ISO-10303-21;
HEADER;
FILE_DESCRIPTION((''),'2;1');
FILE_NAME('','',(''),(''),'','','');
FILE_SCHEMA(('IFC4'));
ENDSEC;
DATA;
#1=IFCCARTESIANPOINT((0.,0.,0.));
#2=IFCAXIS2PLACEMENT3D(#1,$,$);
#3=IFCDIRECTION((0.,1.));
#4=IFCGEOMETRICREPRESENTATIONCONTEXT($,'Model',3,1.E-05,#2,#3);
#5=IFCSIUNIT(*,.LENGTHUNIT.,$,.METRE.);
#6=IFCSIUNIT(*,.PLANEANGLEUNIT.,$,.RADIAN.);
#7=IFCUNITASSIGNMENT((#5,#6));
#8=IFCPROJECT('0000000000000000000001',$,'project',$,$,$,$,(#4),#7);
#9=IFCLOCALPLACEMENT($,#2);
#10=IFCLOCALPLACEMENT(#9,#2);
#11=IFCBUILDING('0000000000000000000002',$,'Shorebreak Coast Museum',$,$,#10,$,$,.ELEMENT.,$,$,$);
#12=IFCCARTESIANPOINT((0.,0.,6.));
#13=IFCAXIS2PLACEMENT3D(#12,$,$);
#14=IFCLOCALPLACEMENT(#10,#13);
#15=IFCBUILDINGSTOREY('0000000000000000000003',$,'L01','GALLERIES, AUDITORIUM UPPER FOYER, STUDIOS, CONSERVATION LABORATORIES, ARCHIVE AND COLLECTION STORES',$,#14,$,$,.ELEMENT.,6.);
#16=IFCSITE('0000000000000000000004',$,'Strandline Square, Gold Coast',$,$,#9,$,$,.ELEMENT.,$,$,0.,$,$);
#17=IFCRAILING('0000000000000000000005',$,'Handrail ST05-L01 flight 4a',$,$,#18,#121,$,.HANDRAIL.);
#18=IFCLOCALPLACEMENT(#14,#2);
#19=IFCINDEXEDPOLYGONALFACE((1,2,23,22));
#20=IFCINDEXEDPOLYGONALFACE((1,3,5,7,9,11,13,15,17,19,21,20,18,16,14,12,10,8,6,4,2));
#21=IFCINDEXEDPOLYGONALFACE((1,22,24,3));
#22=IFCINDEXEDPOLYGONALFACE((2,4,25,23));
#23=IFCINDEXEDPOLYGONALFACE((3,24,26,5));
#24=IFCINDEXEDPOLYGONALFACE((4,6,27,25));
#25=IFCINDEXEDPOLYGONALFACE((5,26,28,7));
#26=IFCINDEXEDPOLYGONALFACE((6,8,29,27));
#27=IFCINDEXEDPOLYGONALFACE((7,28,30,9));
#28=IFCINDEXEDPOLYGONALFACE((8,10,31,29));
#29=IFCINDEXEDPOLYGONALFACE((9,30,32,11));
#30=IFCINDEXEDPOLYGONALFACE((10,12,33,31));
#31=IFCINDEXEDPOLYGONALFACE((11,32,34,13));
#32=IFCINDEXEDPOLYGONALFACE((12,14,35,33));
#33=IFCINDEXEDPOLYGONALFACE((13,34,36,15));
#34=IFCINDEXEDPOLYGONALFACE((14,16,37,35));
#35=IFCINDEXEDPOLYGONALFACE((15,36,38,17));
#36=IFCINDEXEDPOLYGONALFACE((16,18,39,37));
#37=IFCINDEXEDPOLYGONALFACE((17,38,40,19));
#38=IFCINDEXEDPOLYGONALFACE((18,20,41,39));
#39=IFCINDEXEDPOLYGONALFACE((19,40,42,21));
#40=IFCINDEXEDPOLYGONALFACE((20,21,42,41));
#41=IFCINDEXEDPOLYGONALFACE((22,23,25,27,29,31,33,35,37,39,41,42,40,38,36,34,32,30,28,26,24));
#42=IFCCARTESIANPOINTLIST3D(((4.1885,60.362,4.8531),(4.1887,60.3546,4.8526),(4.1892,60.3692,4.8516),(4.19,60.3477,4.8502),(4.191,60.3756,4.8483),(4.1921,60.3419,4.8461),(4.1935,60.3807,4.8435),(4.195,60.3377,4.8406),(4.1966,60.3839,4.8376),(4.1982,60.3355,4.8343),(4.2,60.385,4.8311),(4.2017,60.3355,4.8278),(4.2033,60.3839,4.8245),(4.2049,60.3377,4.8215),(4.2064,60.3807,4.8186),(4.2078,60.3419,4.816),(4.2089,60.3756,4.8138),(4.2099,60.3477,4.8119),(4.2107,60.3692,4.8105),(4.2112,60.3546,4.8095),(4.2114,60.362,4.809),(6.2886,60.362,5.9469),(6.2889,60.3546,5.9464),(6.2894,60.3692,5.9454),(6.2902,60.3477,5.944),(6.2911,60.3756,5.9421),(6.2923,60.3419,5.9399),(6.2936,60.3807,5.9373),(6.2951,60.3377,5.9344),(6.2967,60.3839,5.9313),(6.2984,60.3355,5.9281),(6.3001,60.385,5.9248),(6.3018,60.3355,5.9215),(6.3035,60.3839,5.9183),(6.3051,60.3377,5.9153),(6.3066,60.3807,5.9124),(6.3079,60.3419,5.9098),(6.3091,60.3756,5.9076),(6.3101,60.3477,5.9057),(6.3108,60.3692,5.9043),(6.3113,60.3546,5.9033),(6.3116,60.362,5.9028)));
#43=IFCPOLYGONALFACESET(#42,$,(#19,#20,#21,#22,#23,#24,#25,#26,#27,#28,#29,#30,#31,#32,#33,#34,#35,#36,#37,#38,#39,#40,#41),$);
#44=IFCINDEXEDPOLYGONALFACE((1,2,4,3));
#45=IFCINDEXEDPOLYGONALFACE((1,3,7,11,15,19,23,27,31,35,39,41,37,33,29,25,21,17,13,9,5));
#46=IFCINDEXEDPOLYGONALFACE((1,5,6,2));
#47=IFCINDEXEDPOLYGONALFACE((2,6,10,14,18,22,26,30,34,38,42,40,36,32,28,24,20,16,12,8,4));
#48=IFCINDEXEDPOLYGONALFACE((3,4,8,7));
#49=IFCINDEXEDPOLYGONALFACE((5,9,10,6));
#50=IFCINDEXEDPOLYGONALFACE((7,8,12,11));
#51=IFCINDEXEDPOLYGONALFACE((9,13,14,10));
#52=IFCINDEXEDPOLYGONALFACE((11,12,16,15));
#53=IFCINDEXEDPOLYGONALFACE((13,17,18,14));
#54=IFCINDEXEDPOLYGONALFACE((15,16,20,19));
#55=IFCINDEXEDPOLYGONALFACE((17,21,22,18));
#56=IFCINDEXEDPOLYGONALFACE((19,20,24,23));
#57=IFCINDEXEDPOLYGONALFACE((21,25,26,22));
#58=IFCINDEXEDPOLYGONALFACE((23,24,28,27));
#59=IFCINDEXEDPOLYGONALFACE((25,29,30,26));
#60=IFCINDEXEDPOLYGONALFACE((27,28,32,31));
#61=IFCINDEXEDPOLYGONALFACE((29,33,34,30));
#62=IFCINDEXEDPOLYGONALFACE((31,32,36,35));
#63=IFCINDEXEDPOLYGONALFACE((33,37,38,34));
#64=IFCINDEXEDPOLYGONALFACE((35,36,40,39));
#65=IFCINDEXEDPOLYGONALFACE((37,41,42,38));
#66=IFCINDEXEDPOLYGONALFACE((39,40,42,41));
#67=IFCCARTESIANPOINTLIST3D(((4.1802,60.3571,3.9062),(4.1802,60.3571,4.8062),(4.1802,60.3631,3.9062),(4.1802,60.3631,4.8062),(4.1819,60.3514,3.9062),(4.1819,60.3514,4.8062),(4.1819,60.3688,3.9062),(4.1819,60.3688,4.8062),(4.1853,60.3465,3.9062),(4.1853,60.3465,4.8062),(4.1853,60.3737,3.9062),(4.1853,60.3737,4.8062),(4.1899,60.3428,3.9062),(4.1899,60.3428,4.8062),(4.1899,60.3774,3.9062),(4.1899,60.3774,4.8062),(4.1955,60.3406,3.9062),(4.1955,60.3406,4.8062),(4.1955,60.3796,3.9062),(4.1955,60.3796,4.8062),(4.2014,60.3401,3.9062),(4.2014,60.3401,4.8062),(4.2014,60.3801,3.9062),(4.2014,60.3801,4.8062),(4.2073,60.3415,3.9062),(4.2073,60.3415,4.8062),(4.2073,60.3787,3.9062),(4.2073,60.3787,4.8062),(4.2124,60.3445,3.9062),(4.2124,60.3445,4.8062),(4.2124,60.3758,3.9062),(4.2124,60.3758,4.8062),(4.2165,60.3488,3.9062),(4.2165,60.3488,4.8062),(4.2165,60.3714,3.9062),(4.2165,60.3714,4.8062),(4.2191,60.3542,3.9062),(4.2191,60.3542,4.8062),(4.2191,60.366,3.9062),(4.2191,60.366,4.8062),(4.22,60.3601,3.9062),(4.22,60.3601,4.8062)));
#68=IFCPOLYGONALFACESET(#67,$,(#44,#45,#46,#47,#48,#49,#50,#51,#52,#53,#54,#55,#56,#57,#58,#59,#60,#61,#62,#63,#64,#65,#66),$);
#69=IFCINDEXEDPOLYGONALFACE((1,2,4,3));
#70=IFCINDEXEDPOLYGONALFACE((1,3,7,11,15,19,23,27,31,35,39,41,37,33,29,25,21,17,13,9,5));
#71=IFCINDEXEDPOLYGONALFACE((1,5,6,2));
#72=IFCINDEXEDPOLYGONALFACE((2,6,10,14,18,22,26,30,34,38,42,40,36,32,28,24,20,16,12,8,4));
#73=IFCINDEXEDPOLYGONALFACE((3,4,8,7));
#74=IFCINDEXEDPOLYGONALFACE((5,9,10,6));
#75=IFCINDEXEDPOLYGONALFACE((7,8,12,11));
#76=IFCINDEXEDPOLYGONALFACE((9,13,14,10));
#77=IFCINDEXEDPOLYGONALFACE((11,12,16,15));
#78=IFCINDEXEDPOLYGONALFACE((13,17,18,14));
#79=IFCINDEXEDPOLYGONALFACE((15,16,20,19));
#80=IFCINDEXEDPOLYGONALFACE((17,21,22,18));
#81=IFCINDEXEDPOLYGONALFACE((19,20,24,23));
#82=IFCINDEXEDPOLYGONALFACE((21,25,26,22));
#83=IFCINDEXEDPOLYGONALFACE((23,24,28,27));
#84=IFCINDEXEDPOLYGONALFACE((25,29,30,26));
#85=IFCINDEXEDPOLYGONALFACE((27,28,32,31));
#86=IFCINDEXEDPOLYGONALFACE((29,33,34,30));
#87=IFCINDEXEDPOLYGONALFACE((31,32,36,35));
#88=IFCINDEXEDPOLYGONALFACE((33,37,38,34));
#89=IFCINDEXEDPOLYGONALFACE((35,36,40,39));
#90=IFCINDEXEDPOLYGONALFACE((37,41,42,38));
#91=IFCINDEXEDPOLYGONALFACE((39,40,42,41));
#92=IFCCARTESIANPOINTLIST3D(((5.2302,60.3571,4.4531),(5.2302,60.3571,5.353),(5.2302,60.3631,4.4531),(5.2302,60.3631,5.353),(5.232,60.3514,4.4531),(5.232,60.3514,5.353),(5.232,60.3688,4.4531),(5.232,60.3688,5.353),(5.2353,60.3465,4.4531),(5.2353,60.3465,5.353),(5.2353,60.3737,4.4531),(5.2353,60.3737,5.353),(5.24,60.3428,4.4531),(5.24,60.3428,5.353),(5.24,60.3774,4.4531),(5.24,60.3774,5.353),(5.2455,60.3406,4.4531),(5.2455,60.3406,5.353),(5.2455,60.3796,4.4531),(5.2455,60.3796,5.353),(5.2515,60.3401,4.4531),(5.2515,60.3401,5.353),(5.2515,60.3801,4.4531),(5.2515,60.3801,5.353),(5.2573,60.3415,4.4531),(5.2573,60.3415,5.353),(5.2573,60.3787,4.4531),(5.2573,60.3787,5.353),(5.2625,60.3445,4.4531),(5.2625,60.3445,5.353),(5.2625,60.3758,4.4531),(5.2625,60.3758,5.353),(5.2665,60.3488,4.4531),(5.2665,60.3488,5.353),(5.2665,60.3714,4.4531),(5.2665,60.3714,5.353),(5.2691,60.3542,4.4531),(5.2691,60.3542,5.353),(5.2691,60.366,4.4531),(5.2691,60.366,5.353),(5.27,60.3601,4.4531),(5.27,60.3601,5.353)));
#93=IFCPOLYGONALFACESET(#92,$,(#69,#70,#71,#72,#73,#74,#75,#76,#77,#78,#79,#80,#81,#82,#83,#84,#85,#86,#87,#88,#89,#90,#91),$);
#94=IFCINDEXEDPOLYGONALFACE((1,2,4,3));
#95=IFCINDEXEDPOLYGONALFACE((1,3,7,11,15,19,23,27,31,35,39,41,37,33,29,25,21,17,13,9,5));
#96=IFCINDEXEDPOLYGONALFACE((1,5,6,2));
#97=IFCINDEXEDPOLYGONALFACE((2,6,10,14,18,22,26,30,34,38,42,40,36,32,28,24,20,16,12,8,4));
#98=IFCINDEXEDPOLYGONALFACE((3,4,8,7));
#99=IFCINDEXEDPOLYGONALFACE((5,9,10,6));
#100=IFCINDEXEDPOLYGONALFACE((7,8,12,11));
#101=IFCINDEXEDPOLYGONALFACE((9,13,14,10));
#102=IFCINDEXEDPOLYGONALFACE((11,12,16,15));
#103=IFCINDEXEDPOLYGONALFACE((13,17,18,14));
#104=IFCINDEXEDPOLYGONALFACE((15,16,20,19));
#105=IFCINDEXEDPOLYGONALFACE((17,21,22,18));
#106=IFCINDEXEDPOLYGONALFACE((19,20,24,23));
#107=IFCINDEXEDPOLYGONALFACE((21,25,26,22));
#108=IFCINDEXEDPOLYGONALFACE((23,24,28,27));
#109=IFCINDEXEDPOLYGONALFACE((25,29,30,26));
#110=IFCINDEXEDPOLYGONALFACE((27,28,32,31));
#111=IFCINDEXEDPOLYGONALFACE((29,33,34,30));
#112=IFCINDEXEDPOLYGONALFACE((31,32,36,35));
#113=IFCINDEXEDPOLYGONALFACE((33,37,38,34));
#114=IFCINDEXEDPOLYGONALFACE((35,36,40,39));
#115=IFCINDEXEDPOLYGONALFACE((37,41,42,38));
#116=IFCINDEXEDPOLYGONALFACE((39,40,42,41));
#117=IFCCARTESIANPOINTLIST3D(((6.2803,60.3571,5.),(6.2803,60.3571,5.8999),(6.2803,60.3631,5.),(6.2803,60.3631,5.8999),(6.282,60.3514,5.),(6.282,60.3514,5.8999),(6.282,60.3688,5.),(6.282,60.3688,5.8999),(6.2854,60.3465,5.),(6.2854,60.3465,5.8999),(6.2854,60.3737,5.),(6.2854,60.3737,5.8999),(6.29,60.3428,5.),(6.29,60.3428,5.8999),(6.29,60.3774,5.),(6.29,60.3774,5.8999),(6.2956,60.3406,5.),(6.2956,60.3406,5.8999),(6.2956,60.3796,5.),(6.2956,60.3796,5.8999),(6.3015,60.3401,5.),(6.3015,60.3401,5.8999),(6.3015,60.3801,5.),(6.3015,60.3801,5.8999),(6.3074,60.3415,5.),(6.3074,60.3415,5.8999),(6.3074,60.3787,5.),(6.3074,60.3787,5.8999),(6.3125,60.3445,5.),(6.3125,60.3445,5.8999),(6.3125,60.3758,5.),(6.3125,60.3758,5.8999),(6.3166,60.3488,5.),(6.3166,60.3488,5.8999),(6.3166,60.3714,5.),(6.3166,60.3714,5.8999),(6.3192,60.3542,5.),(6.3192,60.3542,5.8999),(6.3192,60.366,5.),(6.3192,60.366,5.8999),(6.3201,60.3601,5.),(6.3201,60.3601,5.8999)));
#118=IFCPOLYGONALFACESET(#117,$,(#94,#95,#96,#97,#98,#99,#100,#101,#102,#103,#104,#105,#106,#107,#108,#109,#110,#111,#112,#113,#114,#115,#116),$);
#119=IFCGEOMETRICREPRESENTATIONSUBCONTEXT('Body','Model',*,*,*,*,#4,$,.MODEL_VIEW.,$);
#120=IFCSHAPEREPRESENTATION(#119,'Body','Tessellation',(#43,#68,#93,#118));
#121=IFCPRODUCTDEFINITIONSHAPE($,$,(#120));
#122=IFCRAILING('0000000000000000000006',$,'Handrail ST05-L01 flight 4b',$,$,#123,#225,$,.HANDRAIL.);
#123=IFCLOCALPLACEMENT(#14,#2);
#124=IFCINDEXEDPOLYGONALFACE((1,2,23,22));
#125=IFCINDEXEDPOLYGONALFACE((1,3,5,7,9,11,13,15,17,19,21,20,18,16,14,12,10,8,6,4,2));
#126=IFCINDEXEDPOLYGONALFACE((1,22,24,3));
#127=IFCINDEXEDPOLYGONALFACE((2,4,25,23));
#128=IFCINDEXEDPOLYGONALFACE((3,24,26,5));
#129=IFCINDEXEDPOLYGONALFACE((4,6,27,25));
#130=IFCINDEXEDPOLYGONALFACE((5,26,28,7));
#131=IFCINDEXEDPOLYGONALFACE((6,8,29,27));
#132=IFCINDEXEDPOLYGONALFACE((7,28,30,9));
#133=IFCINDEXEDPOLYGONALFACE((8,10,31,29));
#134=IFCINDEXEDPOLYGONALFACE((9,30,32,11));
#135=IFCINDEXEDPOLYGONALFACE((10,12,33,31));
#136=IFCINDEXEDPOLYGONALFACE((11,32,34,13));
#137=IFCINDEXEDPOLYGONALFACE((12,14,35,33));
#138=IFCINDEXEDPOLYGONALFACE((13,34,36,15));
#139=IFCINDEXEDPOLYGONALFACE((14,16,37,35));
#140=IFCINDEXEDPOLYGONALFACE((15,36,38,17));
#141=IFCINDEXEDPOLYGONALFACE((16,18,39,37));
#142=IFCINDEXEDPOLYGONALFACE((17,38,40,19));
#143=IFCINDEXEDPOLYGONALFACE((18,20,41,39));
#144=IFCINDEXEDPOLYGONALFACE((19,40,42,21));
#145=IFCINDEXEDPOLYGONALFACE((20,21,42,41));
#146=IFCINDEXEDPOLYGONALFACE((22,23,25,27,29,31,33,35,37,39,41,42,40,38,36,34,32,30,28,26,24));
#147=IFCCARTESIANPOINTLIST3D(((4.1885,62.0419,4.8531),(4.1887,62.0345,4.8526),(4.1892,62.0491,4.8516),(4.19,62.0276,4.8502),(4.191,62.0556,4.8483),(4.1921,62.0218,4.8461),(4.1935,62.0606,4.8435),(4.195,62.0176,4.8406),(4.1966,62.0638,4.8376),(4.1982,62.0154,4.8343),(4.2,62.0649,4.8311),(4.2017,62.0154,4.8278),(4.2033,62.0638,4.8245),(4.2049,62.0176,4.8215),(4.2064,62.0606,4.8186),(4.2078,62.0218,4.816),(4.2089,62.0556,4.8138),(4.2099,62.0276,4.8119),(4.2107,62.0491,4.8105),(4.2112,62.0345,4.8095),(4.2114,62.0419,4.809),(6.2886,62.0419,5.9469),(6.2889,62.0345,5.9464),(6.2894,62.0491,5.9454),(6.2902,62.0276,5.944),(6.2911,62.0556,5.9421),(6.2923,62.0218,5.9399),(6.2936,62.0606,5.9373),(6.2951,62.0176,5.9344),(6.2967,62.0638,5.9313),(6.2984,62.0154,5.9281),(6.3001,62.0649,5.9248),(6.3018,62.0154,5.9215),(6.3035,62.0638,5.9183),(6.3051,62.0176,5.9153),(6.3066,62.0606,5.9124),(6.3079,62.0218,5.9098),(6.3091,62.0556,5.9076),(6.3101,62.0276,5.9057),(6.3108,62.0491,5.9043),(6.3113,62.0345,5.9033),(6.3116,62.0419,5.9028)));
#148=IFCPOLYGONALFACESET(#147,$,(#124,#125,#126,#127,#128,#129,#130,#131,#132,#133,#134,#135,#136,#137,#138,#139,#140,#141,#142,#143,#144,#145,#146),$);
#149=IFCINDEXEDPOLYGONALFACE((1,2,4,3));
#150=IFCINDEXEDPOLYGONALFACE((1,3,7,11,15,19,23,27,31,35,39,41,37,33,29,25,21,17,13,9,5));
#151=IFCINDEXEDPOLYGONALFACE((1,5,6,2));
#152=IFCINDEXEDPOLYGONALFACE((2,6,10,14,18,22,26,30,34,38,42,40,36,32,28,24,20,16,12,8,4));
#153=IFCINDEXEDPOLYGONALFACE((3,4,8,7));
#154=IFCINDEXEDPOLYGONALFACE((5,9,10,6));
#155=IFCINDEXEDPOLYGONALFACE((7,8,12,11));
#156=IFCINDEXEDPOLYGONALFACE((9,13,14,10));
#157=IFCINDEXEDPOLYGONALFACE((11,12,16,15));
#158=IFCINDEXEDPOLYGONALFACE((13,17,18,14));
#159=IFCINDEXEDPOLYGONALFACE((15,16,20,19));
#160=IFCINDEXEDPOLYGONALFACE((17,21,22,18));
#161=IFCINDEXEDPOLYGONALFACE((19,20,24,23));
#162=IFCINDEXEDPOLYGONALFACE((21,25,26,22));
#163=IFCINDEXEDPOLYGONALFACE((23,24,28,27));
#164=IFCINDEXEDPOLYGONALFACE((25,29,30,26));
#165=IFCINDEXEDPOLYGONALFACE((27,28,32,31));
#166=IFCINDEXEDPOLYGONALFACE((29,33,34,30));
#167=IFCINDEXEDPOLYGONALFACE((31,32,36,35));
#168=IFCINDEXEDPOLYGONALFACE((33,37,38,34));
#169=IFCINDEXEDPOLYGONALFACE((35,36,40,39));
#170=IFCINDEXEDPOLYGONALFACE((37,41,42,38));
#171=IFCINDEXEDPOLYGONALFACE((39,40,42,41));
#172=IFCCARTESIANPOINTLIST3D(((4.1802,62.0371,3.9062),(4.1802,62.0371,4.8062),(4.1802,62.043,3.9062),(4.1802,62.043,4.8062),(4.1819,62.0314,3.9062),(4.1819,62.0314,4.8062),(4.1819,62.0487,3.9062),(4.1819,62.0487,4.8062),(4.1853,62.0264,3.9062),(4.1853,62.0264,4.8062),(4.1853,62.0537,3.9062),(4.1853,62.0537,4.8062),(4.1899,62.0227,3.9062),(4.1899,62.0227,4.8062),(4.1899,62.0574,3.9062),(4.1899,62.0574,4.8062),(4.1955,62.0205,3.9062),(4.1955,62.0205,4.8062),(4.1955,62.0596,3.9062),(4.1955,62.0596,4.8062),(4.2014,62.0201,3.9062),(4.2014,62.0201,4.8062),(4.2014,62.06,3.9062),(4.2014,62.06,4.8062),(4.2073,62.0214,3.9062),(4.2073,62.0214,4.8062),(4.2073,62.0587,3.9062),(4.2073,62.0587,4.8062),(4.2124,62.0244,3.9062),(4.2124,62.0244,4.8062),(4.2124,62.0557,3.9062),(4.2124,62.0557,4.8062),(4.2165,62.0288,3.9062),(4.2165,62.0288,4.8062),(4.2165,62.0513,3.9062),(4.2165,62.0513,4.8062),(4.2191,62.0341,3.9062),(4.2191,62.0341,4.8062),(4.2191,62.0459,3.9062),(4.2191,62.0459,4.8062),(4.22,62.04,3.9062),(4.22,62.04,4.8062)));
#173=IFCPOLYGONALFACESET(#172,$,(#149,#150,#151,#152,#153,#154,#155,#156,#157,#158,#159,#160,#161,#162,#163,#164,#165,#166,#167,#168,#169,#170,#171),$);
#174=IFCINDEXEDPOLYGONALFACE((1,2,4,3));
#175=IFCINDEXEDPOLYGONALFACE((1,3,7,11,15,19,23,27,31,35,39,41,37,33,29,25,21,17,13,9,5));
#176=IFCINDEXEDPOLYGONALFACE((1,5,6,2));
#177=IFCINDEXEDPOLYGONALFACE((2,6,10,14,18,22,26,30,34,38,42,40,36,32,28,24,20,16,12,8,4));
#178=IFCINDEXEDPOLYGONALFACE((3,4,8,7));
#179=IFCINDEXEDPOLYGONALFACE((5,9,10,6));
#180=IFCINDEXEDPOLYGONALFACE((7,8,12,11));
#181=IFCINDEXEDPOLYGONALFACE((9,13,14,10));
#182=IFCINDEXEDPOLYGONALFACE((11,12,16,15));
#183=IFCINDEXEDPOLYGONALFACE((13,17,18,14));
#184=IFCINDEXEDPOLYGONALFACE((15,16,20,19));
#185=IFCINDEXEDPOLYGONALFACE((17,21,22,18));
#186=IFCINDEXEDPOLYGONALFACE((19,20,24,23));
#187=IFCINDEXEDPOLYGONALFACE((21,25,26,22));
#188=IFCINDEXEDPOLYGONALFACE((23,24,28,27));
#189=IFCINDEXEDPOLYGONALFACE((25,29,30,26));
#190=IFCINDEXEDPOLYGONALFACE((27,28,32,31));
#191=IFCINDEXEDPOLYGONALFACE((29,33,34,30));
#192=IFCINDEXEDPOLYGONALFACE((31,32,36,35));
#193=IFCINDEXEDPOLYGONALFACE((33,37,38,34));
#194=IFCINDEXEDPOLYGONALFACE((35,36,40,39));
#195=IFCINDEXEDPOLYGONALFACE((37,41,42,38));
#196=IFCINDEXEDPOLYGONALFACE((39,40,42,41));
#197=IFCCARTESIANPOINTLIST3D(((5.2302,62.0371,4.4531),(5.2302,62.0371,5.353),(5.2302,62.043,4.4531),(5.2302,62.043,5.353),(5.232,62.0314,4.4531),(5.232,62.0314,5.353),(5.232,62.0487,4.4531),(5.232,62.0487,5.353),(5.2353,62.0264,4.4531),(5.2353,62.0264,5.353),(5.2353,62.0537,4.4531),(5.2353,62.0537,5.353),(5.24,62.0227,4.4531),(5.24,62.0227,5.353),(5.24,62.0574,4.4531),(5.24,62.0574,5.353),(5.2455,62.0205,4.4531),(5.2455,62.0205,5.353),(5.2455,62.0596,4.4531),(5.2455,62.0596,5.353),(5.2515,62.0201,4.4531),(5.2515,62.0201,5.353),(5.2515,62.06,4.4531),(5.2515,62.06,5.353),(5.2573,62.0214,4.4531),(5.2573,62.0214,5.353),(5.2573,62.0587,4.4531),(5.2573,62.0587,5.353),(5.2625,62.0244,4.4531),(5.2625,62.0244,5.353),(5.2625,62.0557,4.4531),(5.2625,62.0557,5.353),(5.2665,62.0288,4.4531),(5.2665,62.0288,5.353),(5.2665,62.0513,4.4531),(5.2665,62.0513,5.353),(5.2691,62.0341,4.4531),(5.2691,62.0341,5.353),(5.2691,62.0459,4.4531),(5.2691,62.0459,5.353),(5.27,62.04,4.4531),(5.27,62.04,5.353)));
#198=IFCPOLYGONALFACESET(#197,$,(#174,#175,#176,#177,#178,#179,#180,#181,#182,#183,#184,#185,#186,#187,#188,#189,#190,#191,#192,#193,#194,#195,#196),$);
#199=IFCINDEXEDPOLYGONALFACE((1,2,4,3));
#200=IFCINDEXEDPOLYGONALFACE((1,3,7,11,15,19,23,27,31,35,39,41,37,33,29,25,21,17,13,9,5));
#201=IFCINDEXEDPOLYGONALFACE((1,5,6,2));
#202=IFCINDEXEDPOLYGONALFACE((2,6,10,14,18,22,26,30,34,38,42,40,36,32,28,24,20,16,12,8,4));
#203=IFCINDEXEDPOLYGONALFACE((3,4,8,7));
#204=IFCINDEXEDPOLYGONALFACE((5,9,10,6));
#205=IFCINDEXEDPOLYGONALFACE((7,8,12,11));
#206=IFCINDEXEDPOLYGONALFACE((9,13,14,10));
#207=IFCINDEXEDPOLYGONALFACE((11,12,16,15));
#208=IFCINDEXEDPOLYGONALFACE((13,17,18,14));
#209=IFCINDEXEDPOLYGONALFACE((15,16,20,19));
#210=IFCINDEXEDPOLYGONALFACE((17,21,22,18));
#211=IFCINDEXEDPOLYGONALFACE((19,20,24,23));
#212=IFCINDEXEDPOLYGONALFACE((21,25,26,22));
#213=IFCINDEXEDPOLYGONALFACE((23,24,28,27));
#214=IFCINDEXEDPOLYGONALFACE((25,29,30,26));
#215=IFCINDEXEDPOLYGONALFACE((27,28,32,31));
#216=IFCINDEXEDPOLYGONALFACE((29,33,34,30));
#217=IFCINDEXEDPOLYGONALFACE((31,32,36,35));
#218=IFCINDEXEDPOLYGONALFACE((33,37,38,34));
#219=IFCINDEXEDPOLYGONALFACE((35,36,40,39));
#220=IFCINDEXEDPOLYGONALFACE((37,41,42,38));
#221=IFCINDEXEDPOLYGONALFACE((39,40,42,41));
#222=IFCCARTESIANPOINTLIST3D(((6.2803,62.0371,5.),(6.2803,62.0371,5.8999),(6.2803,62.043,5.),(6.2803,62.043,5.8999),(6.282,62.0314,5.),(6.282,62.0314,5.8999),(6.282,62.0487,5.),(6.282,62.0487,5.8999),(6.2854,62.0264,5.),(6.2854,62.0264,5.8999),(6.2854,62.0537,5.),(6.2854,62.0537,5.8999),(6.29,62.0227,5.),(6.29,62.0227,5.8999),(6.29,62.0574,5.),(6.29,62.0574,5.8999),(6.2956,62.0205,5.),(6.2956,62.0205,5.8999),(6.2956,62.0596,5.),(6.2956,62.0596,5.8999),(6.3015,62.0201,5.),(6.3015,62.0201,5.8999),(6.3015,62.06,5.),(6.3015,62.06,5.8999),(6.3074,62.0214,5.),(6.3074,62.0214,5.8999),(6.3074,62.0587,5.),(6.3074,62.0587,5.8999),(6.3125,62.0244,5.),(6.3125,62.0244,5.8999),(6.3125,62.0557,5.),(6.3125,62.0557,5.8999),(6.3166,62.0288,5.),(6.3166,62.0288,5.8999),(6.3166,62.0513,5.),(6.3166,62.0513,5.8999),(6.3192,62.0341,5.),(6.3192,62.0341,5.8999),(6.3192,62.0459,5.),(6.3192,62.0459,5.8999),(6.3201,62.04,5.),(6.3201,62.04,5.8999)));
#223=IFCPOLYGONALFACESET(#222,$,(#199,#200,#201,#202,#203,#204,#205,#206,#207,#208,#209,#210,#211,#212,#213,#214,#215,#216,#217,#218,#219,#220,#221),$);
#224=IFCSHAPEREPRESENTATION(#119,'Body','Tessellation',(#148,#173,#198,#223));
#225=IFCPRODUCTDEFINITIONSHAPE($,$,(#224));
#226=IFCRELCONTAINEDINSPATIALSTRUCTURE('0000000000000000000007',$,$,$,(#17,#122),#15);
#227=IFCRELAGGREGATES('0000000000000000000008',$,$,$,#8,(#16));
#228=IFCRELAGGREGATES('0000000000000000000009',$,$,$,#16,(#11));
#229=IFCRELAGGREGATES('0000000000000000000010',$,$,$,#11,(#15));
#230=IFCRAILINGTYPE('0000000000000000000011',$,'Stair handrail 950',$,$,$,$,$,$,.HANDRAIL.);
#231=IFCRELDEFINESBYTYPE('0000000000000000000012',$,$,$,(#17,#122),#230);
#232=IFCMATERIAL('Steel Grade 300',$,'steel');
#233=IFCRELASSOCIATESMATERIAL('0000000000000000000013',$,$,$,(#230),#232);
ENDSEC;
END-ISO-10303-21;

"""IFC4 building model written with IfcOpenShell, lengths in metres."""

from ifc_helpers import new_model, si_unit, direction, frame, origin, origin_2d, place, context, subcontext, project, spatial, circle, extrude, material, type_object, element, save


model = new_model("IFC4")

# Units and contexts
model_context = context("Model", 3, precision=1e-05, world=origin(), true_north=direction((0.0, 1.0)))
body_context = subcontext(model_context, "Body", "Model", "MODEL_VIEW")
ifc_project = project(units=[si_unit("LENGTHUNIT", "METRE"), si_unit("PLANEANGLEUNIT", "RADIAN")], contexts=[model_context])

# Site, building, storey
site_placement = place(None, origin())
site = spatial("IfcSite", under=ifc_project, at=site_placement, Name="Strandline Square, Gold Coast", CompositionType="ELEMENT", RefElevation=0.0)
building_placement = place(site_placement, origin())
building = spatial("IfcBuilding", under=site, at=building_placement, Name="Shorebreak Coast Museum", CompositionType="ELEMENT")
storey_placement = place(building_placement, frame((0.0, 0.0, 6.0)))
storey = spatial("IfcBuildingStorey", under=building, at=storey_placement, Name="L01", Description="GALLERIES, AUDITORIUM UPPER FOYER, STUDIOS, CONSERVATION LABORATORIES, ARCHIVE AND COLLECTION STORES", CompositionType="ELEMENT", Elevation=6.0)

# Railings
ifc_material_1 = material(Name="Steel Grade 300", Category="steel")
railing_type_1 = type_object("IfcRailingType", Name="Stair handrail 950", PredefinedType="HANDRAIL", material=ifc_material_1)
for number, where, name in (
    (1, (4.2, 60.3601, 3.9062), "Handrail ST05-L01 flight 4a"),
    (2, (4.2, 62.04, 3.9062), "Handrail ST05-L01 flight 4b"),
):
    element("IfcRailing", number, at=place(storey_placement, frame(where)), inside=storey, type_object=railing_type_1, Name=name, PredefinedType="HANDRAIL", context=body_context, shape_type="SweptSolid", body=[
        extrude(circle(Radius=0.0249, at=origin_2d()), frame((0.0, 0.0, 0.9248), z_axis=(0.886923, 0.0, 0.461918), x_axis=(0.0, 1.0, 0.0)), (0.0, 0.0, 1.0), 2.3679),
        extrude(circle(Radius=0.02, at=origin_2d()), origin(), (0.0, 0.0, 1.0), 0.8999),
        extrude(circle(Radius=0.02, at=origin_2d()), frame((1.05, 0.0, 0.5469)), (0.0, 0.0, 1.0), 0.8999),
        extrude(circle(Radius=0.02, at=origin_2d()), frame((2.1001, 0.0, 1.0938)), (0.0, 0.0, 1.0), 0.8999),
    ])

save(model, "model.ifc")
